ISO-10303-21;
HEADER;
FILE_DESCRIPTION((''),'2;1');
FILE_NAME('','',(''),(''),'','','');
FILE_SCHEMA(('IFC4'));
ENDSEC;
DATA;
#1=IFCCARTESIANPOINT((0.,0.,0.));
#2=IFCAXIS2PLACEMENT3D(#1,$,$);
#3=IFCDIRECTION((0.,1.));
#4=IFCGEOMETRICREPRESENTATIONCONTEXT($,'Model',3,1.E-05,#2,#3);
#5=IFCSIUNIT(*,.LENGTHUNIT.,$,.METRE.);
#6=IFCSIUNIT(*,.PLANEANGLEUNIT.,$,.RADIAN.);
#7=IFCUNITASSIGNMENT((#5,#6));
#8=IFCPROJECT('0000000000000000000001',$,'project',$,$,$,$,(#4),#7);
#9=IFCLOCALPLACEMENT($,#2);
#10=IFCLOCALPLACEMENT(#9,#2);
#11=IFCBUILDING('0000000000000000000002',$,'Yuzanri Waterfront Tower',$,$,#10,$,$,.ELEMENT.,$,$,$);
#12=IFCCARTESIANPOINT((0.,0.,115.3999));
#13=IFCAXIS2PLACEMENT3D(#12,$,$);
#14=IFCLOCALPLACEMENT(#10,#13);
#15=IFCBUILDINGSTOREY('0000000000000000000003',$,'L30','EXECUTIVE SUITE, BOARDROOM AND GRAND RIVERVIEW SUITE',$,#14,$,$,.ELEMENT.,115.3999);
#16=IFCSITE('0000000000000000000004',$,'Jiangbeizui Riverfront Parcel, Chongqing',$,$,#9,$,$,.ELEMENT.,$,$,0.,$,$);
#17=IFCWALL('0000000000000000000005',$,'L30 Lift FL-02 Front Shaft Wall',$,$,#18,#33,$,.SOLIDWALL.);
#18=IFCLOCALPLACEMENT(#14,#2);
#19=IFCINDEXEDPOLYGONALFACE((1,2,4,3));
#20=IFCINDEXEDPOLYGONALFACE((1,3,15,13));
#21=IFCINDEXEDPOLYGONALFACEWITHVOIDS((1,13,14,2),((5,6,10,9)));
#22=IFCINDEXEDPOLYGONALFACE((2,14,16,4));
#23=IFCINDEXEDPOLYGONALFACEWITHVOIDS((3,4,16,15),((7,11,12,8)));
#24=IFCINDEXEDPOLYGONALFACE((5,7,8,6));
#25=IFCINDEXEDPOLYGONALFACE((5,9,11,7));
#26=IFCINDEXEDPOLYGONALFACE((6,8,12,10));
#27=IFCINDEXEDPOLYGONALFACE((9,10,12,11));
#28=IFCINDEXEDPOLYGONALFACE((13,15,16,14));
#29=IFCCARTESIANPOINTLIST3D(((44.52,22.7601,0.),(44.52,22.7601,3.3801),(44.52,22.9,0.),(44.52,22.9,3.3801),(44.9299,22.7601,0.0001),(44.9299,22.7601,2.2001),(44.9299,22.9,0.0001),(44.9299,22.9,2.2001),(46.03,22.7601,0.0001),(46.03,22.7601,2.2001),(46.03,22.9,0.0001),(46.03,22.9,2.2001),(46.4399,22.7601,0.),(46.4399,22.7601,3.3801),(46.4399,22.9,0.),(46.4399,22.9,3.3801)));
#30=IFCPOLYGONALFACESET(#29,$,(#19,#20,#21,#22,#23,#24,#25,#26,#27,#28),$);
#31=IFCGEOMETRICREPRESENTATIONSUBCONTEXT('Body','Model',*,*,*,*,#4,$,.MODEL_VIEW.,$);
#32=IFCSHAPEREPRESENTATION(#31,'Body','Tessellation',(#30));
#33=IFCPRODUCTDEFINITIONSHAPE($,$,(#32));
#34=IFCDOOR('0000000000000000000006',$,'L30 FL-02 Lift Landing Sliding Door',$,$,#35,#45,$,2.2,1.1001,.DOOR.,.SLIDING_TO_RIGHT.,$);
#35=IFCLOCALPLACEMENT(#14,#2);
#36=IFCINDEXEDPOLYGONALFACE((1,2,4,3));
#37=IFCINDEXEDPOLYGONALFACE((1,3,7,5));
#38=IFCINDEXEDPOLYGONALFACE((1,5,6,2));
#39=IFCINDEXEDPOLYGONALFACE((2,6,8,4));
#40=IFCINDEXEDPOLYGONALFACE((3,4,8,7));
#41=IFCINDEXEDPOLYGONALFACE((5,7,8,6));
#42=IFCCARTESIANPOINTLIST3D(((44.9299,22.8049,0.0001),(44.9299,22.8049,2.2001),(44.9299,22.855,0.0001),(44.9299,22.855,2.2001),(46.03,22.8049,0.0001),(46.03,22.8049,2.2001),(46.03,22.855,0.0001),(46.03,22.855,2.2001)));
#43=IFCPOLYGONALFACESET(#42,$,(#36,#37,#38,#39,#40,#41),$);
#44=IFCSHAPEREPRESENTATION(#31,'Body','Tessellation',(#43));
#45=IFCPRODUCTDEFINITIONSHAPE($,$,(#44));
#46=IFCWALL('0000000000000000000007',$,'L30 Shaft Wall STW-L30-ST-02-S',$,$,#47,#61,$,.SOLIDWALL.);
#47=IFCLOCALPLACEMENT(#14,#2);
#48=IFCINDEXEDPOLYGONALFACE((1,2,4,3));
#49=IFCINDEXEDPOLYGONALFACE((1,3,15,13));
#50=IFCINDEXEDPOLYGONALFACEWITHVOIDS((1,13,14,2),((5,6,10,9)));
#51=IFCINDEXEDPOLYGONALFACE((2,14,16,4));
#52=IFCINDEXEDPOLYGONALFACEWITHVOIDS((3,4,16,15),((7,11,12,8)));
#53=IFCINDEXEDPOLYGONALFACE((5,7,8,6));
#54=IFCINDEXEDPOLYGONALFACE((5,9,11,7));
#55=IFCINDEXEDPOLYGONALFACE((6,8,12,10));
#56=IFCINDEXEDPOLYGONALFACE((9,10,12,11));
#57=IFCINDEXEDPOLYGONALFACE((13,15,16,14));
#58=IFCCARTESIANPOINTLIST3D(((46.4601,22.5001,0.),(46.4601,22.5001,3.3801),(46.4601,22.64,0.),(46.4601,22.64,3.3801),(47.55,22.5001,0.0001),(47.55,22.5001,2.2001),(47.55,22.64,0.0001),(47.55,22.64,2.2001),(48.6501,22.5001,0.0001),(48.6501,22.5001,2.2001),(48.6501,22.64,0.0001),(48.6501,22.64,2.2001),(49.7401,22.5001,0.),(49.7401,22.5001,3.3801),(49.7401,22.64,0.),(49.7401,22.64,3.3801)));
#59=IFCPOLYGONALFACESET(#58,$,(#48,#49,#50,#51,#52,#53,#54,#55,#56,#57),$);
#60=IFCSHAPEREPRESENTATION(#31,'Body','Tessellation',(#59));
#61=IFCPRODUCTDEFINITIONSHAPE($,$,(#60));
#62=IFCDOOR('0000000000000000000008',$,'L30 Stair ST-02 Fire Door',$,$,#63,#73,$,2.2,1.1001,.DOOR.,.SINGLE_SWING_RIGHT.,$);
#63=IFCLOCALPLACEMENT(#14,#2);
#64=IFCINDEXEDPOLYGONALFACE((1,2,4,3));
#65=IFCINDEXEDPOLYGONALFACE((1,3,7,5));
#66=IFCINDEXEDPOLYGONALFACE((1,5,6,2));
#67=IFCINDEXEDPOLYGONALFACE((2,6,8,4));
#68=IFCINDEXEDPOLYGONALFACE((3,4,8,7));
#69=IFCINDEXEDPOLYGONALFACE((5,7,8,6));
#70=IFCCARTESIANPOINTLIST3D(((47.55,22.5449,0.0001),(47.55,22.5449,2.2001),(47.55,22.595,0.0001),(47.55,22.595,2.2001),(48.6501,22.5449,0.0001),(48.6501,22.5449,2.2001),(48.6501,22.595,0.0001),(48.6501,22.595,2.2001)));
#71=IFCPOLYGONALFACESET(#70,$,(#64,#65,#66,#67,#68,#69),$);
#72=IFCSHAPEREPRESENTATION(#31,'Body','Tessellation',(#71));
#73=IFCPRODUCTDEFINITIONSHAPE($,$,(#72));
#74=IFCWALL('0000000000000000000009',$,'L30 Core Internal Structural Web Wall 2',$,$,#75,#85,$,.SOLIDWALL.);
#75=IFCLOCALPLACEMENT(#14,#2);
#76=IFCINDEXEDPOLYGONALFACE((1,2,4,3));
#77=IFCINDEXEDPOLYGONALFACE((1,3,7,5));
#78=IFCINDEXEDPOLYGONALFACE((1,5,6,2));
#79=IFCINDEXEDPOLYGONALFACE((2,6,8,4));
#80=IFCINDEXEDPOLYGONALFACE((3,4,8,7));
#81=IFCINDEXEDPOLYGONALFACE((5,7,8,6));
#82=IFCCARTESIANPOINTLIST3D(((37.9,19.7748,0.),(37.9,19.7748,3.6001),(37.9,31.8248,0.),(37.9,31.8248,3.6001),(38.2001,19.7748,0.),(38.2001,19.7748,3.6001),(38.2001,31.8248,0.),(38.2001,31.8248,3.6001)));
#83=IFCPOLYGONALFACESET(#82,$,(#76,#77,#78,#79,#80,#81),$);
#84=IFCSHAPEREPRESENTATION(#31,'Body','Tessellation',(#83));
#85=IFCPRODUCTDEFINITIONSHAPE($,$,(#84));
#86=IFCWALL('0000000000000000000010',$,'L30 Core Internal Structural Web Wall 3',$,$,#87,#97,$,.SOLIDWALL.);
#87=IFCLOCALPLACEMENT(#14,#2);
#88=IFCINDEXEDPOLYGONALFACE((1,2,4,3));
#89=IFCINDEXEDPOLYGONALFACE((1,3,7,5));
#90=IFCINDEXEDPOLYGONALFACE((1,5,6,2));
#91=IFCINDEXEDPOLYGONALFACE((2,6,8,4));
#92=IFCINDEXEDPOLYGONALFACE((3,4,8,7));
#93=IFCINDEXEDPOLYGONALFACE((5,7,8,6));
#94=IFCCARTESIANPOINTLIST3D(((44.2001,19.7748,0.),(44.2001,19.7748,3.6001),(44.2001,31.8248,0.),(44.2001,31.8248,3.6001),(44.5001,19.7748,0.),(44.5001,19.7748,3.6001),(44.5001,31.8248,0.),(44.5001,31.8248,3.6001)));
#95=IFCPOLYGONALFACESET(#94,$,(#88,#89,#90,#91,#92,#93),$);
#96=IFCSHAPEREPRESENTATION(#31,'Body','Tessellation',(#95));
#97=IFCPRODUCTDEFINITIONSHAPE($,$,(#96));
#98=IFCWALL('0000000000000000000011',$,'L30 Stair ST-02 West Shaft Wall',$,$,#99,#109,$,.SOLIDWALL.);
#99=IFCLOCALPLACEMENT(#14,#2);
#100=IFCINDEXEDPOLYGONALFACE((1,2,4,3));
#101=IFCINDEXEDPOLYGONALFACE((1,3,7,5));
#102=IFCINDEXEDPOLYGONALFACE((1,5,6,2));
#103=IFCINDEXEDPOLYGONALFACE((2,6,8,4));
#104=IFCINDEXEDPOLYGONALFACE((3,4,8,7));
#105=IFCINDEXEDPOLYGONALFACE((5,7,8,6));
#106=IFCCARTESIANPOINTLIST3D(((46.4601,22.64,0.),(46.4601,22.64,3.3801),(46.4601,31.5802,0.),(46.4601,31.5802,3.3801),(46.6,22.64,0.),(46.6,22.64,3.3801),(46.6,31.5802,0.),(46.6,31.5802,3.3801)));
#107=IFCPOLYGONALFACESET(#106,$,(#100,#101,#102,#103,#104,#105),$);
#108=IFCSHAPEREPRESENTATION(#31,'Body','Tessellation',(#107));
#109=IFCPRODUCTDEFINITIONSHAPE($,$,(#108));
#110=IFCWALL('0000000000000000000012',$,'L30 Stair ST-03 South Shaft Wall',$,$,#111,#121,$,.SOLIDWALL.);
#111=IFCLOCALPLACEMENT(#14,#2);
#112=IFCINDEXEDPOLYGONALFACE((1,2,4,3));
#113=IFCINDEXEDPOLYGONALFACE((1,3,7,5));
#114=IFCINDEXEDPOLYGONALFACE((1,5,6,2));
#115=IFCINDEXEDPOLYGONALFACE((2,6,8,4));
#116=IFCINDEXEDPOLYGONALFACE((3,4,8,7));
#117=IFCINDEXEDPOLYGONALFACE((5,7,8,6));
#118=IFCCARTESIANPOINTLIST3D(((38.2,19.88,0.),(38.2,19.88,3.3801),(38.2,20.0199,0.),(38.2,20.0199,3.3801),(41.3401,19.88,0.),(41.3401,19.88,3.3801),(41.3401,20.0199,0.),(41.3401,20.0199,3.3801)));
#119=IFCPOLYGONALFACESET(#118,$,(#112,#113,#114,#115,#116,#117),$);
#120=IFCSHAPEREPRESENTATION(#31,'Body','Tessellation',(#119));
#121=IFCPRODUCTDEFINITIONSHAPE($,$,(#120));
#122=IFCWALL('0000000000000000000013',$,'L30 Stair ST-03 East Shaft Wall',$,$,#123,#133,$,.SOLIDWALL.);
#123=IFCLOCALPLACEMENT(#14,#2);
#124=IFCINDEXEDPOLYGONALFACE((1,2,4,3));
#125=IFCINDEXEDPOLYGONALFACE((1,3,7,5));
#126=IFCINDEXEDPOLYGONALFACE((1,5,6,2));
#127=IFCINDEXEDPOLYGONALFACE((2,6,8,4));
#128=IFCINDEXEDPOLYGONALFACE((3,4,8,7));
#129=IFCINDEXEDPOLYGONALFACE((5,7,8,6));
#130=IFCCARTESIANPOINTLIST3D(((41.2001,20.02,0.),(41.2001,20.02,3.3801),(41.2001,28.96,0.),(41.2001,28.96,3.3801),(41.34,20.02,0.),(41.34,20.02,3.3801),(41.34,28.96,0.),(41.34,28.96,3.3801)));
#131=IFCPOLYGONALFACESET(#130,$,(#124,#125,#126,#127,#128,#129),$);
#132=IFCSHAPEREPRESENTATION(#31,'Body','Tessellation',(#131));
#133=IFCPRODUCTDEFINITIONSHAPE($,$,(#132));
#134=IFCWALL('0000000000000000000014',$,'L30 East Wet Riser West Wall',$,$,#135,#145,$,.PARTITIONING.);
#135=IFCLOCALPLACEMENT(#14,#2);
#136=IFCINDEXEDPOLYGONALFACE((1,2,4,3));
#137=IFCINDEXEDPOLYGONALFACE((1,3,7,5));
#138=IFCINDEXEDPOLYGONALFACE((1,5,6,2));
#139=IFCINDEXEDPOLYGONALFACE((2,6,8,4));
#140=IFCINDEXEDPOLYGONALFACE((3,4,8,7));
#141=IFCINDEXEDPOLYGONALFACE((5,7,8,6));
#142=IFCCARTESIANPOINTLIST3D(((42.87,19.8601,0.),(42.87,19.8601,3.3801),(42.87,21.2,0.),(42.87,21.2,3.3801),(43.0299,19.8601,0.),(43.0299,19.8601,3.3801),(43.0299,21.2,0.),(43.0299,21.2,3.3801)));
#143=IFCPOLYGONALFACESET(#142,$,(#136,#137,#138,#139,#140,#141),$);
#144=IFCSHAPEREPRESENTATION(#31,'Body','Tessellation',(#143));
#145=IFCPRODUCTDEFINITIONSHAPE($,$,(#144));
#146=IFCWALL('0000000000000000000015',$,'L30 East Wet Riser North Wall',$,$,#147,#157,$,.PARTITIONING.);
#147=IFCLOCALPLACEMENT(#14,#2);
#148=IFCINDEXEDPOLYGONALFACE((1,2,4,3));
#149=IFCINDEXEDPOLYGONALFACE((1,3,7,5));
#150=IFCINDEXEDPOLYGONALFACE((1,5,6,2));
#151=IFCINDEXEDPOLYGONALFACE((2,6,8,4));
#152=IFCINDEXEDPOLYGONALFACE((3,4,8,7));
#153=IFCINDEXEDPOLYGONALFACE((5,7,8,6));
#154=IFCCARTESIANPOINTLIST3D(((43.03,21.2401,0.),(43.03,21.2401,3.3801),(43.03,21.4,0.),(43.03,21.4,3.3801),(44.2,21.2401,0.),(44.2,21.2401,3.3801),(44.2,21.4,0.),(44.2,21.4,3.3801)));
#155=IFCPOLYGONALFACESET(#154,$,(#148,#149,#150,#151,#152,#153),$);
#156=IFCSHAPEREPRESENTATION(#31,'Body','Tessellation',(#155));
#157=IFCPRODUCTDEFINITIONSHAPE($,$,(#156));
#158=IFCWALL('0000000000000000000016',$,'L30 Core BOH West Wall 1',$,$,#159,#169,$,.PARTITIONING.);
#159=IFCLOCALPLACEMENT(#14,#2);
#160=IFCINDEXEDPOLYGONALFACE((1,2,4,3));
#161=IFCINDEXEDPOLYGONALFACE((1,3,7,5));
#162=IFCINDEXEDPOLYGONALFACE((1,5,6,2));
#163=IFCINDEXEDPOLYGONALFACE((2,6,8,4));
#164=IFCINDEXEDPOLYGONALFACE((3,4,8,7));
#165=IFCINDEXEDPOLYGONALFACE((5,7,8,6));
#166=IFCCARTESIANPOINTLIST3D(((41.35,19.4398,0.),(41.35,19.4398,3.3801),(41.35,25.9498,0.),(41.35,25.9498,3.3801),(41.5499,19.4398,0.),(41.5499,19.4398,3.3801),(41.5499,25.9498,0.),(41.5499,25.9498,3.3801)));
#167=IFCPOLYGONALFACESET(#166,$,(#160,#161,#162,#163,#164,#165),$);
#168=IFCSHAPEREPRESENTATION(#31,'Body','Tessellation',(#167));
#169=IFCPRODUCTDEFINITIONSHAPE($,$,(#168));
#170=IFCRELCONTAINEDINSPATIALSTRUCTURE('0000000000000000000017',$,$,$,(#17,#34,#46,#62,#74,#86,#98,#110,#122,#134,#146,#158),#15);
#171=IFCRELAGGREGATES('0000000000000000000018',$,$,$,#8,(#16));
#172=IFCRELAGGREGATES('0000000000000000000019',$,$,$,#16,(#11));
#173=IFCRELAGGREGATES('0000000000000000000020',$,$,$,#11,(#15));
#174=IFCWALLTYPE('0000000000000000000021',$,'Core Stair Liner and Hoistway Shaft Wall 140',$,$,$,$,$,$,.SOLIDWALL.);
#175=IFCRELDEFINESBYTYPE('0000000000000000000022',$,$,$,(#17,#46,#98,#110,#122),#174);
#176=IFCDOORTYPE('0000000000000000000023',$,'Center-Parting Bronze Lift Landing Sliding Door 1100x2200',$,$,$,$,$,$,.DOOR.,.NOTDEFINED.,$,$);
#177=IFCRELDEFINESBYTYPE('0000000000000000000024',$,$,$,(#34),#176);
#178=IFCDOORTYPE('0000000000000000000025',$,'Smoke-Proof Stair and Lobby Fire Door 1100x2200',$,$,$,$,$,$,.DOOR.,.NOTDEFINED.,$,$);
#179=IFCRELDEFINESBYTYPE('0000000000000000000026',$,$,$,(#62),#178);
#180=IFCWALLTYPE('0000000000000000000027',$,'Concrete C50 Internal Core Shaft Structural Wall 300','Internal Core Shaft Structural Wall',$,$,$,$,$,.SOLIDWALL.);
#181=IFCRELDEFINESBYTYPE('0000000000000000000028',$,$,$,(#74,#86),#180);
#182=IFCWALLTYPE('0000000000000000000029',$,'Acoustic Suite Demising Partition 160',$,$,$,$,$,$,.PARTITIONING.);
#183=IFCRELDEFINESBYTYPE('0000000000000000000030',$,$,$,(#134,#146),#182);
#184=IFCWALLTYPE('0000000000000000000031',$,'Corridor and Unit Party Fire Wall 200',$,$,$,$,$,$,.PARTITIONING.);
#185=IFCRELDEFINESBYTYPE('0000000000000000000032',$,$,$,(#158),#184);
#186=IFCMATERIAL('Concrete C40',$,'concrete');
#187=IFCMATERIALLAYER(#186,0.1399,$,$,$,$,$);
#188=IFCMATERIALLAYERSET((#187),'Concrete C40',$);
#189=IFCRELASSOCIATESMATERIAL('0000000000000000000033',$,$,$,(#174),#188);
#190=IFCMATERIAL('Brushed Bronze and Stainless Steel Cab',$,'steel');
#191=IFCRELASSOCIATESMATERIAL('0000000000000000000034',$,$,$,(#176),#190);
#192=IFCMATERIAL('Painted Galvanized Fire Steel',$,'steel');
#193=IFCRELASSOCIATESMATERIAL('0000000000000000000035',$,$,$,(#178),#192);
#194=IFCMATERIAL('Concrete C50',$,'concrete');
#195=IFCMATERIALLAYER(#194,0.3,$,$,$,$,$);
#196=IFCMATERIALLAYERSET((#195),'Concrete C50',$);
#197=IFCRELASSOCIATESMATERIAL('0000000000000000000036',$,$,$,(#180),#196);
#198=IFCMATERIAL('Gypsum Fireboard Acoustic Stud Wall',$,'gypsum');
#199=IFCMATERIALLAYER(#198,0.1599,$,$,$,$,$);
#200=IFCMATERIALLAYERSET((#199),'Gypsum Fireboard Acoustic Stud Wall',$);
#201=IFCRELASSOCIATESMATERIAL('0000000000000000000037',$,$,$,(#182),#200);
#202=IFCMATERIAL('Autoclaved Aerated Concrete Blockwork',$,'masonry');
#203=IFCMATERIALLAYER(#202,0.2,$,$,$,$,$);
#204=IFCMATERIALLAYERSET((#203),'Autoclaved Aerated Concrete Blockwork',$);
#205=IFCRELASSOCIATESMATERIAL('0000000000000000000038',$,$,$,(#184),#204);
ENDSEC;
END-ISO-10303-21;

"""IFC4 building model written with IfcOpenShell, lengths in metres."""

from ifc_helpers import new_model, si_unit, direction, frame, frame_2d, origin, place, context, subcontext, project, spatial, rectangle, extrude, source, transform, mapped, material, layer, layer_set, type_object, element, fill, save


model = new_model("IFC4")

# Units and contexts
model_context = context("Model", 3, precision=1e-05, world=origin(), true_north=direction((0.0, 1.0)))
body_context = subcontext(model_context, "Body", "Model", "MODEL_VIEW")
ifc_project = project(units=[si_unit("LENGTHUNIT", "METRE"), si_unit("PLANEANGLEUNIT", "RADIAN")], contexts=[model_context])

# Site, building, storey
site_placement = place(None, origin())
site = spatial("IfcSite", under=ifc_project, at=site_placement, Name="Jiangbeizui Riverfront Parcel, Chongqing", CompositionType="ELEMENT", RefElevation=0.0)
building_placement = place(site_placement, origin())
building = spatial("IfcBuilding", under=site, at=building_placement, Name="Yuzanri Waterfront Tower", CompositionType="ELEMENT")
storey_placement = place(building_placement, frame((0.0, 0.0, 115.3999)))
storey = spatial("IfcBuildingStorey", under=building, at=storey_placement, Name="L30", Description="EXECUTIVE SUITE, BOARDROOM AND GRAND RIVERVIEW SUITE", CompositionType="ELEMENT", Elevation=115.3999)

# Walls, openings, doors
ifc_material_1 = material(Name="Concrete C40", Category="concrete")
ifc_layer_1 = layer(ifc_material_1, 0.1399)
ifc_layer_set_1 = layer_set([ifc_layer_1], Name="Concrete C40")
wall_type_1 = type_object("IfcWallType", Name="Core Stair Liner and Hoistway Shaft Wall 140", PredefinedType="SOLIDWALL", material=ifc_layer_set_1)
wall_1_placement = place(storey_placement, frame((44.52, 22.8301, 0.0), z_axis=(0.0, 0.0, 1.0), x_axis=(1.0, 0.0, 0.0)))
wall_1 = element("IfcWall", 1, at=wall_1_placement, inside=storey, type_object=wall_type_1, Name="L30 Lift FL-02 Front Shaft Wall", PredefinedType="SOLIDWALL", context=body_context, shape_type="SweptSolid", body=[
    extrude(rectangle(XDim=1.9199, YDim=0.1399, at=frame_2d((0.96, 0.0))), origin(), (0.0, 0.0, 1.0), 3.3801),
])
opening_1_placement = place(wall_1_placement, frame((0.4099, 0.0, 0.0)))
opening_1 = element("IfcOpeningElement", 2, at=opening_1_placement, cuts=wall_1, PredefinedType="OPENING", context=body_context, shape_type="SweptSolid", body=[
    extrude(rectangle(XDim=1.1001, YDim=2.2, at=frame_2d((0.55, 1.1001))), frame((0.0, 0.085, 0.0), z_axis=(0.0, -1.0, 0.0), x_axis=(1.0, 0.0, 0.0)), (0.0, 0.0, 1.0), 0.1697),
])
ifc_material_2 = material(Name="Brushed Bronze and Stainless Steel Cab", Category="steel")
door_type_1 = type_object("IfcDoorType", Name="Center-Parting Bronze Lift Landing Sliding Door 1100x2200", OperationType="NOTDEFINED", PredefinedType="DOOR", material=ifc_material_2)
shared_shape_1 = source(origin(), body_context, "Body", "SweptSolid", [
    extrude(rectangle(XDim=1.1001, YDim=2.2, at=frame_2d((0.55, 1.1001))), frame((0.0, 0.0249, 0.0), z_axis=(0.0, -1.0, 0.0), x_axis=(1.0, 0.0, 0.0)), (0.0, 0.0, 1.0), 0.05),
])
door_1_placement = place(opening_1_placement, origin())
door_1 = element("IfcDoor", 3, at=door_1_placement, inside=storey, type_object=door_type_1, Name="L30 FL-02 Lift Landing Sliding Door", OperationType="SLIDING_TO_RIGHT", OverallHeight=2.2, OverallWidth=1.1001, PredefinedType="DOOR", context=body_context, shape_type="MappedRepresentation", body=[
    mapped(shared_shape_1, transform((0.0, 0.0, 0.0), scale=1.0)),
])
fill(opening_1, door_1)
wall_2_placement = place(storey_placement, frame((46.46, 22.5701, 0.0), z_axis=(0.0, 0.0, 1.0), x_axis=(1.0, 0.0, 0.0)))
wall_2 = element("IfcWall", 4, at=wall_2_placement, inside=storey, type_object=wall_type_1, Name="L30 Shaft Wall STW-L30-ST-02-S", PredefinedType="SOLIDWALL", context=body_context, shape_type="SweptSolid", body=[
    extrude(rectangle(XDim=3.28, YDim=0.1399, at=frame_2d((1.6401, 0.0))), origin(), (0.0, 0.0, 1.0), 3.3801),
])
opening_2_placement = place(wall_2_placement, frame((1.0901, 0.0, 0.0)))
opening_2 = element("IfcOpeningElement", 5, at=opening_2_placement, cuts=wall_2, PredefinedType="OPENING", context=body_context, shape_type="SweptSolid", body=[
    extrude(rectangle(XDim=1.1001, YDim=2.2, at=frame_2d((0.55, 1.1001))), frame((0.0, 0.085, 0.0), z_axis=(0.0, -1.0, 0.0), x_axis=(1.0, 0.0, 0.0)), (0.0, 0.0, 1.0), 0.1697),
])
ifc_material_3 = material(Name="Painted Galvanized Fire Steel", Category="steel")
door_type_2 = type_object("IfcDoorType", Name="Smoke-Proof Stair and Lobby Fire Door 1100x2200", OperationType="NOTDEFINED", PredefinedType="DOOR", material=ifc_material_3)
shared_shape_2 = source(origin(), body_context, "Body", "SweptSolid", [
    extrude(rectangle(XDim=1.1001, YDim=2.2, at=frame_2d((0.55, 1.1001))), frame((0.0, 0.0249, 0.0), z_axis=(0.0, -1.0, 0.0), x_axis=(1.0, 0.0, 0.0)), (0.0, 0.0, 1.0), 0.05),
])
door_2_placement = place(opening_2_placement, origin())
door_2 = element("IfcDoor", 6, at=door_2_placement, inside=storey, type_object=door_type_2, Name="L30 Stair ST-02 Fire Door", OperationType="SINGLE_SWING_RIGHT", OverallHeight=2.2, OverallWidth=1.1001, PredefinedType="DOOR", context=body_context, shape_type="MappedRepresentation", body=[
    mapped(shared_shape_2, transform((0.0, 0.0, 0.0), scale=1.0)),
])
fill(opening_2, door_2)

# Walls
ifc_material_4 = material(Name="Concrete C50", Category="concrete")
ifc_layer_2 = layer(ifc_material_4, 0.3)
ifc_layer_set_2 = layer_set([ifc_layer_2], Name="Concrete C50")
wall_type_2 = type_object("IfcWallType", Name="Concrete C50 Internal Core Shaft Structural Wall 300", Description="Internal Core Shaft Structural Wall", PredefinedType="SOLIDWALL", material=ifc_layer_set_2)
shared_shape_3 = source(origin(), body_context, "Body", "SweptSolid", [
    extrude(rectangle(XDim=12.05, YDim=0.3, at=frame_2d((6.0249, 0.0))), origin(), (0.0, 0.0, 1.0), 3.6001),
])
for number, where, z_axis, x_axis, name in (
    (7, (38.05, 19.7749, 0.0), (0.0, 0.0, 1.0), (0.0, 1.0, 0.0), "L30 Core Internal Structural Web Wall 2"),
    (8, (44.3501, 19.7749, 0.0), (0.0, 0.0, 1.0), (0.0, 1.0, 0.0), "L30 Core Internal Structural Web Wall 3"),
):
    element("IfcWall", number, at=place(storey_placement, frame(where, z_axis=z_axis, x_axis=x_axis)), inside=storey, type_object=wall_type_2, Name=name, PredefinedType="SOLIDWALL", context=body_context, shape_type="MappedRepresentation", body=[
        mapped(shared_shape_3, transform((0.0, 0.0, 0.0), scale=1.0)),
    ])
shared_shape_4 = source(origin(), body_context, "Body", "SweptSolid", [
    extrude(rectangle(XDim=8.9402, YDim=0.1399, at=frame_2d((4.4702, 0.0))), origin(), (0.0, 0.0, 1.0), 3.3801),
])
wall_3_placement = place(storey_placement, frame((46.53, 22.6399, 0.0), z_axis=(0.0, 0.0, 1.0), x_axis=(0.0, 1.0, 0.0)))
element("IfcWall", 9, at=wall_3_placement, inside=storey, type_object=wall_type_1, Name="L30 Stair ST-02 West Shaft Wall", PredefinedType="SOLIDWALL", context=body_context, shape_type="MappedRepresentation", body=[
    mapped(shared_shape_4, transform((0.0, 0.0, 0.0), scale=1.0)),
])
shared_shape_5 = source(origin(), body_context, "Body", "SweptSolid", [
    extrude(rectangle(XDim=3.1401, YDim=0.1399, at=frame_2d((1.5701, 0.0))), origin(), (0.0, 0.0, 1.0), 3.3801),
])
wall_4_placement = place(storey_placement, frame((38.2, 19.95, 0.0), z_axis=(0.0, 0.0, 1.0), x_axis=(1.0, 0.0, 0.0)))
element("IfcWall", 10, at=wall_4_placement, inside=storey, type_object=wall_type_1, Name="L30 Stair ST-03 South Shaft Wall", PredefinedType="SOLIDWALL", context=body_context, shape_type="MappedRepresentation", body=[
    mapped(shared_shape_5, transform((0.0, 0.0, 0.0), scale=1.0)),
])
shared_shape_6 = source(origin(), body_context, "Body", "SweptSolid", [
    extrude(rectangle(XDim=8.9399, YDim=0.1399, at=frame_2d((4.47, 0.0))), origin(), (0.0, 0.0, 1.0), 3.3801),
])
wall_5_placement = place(storey_placement, frame((41.27, 20.02, 0.0), z_axis=(0.0, 0.0, 1.0), x_axis=(0.0, 1.0, 0.0)))
element("IfcWall", 11, at=wall_5_placement, inside=storey, type_object=wall_type_1, Name="L30 Stair ST-03 East Shaft Wall", PredefinedType="SOLIDWALL", context=body_context, shape_type="MappedRepresentation", body=[
    mapped(shared_shape_6, transform((0.0, 0.0, 0.0), scale=1.0)),
])
ifc_material_5 = material(Name="Gypsum Fireboard Acoustic Stud Wall", Category="gypsum")
ifc_layer_3 = layer(ifc_material_5, 0.1599)
ifc_layer_set_3 = layer_set([ifc_layer_3], Name="Gypsum Fireboard Acoustic Stud Wall")
wall_type_3 = type_object("IfcWallType", Name="Acoustic Suite Demising Partition 160", PredefinedType="PARTITIONING", material=ifc_layer_set_3)
shared_shape_7 = source(origin(), body_context, "Body", "SweptSolid", [
    extrude(rectangle(XDim=1.3398, YDim=0.1599, at=frame_2d((0.6699, 0.0))), origin(), (0.0, 0.0, 1.0), 3.3801),
])
wall_6_placement = place(storey_placement, frame((42.95, 19.8601, 0.0), z_axis=(0.0, 0.0, 1.0), x_axis=(0.0, 1.0, 0.0)))
element("IfcWall", 12, at=wall_6_placement, inside=storey, type_object=wall_type_3, Name="L30 East Wet Riser West Wall", PredefinedType="PARTITIONING", context=body_context, shape_type="MappedRepresentation", body=[
    mapped(shared_shape_7, transform((0.0, 0.0, 0.0), scale=1.0)),
])
shared_shape_8 = source(origin(), body_context, "Body", "SweptSolid", [
    extrude(rectangle(XDim=1.1699, YDim=0.1599, at=frame_2d((0.585, 0.0))), origin(), (0.0, 0.0, 1.0), 3.3801),
])
wall_7_placement = place(storey_placement, frame((43.03, 21.3201, 0.0), z_axis=(0.0, 0.0, 1.0), x_axis=(1.0, 0.0, 0.0)))
element("IfcWall", 13, at=wall_7_placement, inside=storey, type_object=wall_type_3, Name="L30 East Wet Riser North Wall", PredefinedType="PARTITIONING", context=body_context, shape_type="MappedRepresentation", body=[
    mapped(shared_shape_8, transform((0.0, 0.0, 0.0), scale=1.0)),
])
ifc_material_6 = material(Name="Autoclaved Aerated Concrete Blockwork", Category="masonry")
ifc_layer_4 = layer(ifc_material_6, 0.2)
ifc_layer_set_4 = layer_set([ifc_layer_4], Name="Autoclaved Aerated Concrete Blockwork")
wall_type_4 = type_object("IfcWallType", Name="Corridor and Unit Party Fire Wall 200", PredefinedType="PARTITIONING", material=ifc_layer_set_4)
shared_shape_9 = source(origin(), body_context, "Body", "SweptSolid", [
    extrude(rectangle(XDim=6.51, YDim=0.2, at=frame_2d((3.2549, 0.0))), origin(), (0.0, 0.0, 1.0), 3.3801),
])
wall_8_placement = place(storey_placement, frame((41.45, 19.4399, 0.0), z_axis=(0.0, 0.0, 1.0), x_axis=(0.0, 1.0, 0.0)))
element("IfcWall", 14, at=wall_8_placement, inside=storey, type_object=wall_type_4, Name="L30 Core BOH West Wall 1", PredefinedType="PARTITIONING", context=body_context, shape_type="MappedRepresentation", body=[
    mapped(shared_shape_9, transform((0.0, 0.0, 0.0), scale=1.0)),
])

save(model, "model.ifc")
